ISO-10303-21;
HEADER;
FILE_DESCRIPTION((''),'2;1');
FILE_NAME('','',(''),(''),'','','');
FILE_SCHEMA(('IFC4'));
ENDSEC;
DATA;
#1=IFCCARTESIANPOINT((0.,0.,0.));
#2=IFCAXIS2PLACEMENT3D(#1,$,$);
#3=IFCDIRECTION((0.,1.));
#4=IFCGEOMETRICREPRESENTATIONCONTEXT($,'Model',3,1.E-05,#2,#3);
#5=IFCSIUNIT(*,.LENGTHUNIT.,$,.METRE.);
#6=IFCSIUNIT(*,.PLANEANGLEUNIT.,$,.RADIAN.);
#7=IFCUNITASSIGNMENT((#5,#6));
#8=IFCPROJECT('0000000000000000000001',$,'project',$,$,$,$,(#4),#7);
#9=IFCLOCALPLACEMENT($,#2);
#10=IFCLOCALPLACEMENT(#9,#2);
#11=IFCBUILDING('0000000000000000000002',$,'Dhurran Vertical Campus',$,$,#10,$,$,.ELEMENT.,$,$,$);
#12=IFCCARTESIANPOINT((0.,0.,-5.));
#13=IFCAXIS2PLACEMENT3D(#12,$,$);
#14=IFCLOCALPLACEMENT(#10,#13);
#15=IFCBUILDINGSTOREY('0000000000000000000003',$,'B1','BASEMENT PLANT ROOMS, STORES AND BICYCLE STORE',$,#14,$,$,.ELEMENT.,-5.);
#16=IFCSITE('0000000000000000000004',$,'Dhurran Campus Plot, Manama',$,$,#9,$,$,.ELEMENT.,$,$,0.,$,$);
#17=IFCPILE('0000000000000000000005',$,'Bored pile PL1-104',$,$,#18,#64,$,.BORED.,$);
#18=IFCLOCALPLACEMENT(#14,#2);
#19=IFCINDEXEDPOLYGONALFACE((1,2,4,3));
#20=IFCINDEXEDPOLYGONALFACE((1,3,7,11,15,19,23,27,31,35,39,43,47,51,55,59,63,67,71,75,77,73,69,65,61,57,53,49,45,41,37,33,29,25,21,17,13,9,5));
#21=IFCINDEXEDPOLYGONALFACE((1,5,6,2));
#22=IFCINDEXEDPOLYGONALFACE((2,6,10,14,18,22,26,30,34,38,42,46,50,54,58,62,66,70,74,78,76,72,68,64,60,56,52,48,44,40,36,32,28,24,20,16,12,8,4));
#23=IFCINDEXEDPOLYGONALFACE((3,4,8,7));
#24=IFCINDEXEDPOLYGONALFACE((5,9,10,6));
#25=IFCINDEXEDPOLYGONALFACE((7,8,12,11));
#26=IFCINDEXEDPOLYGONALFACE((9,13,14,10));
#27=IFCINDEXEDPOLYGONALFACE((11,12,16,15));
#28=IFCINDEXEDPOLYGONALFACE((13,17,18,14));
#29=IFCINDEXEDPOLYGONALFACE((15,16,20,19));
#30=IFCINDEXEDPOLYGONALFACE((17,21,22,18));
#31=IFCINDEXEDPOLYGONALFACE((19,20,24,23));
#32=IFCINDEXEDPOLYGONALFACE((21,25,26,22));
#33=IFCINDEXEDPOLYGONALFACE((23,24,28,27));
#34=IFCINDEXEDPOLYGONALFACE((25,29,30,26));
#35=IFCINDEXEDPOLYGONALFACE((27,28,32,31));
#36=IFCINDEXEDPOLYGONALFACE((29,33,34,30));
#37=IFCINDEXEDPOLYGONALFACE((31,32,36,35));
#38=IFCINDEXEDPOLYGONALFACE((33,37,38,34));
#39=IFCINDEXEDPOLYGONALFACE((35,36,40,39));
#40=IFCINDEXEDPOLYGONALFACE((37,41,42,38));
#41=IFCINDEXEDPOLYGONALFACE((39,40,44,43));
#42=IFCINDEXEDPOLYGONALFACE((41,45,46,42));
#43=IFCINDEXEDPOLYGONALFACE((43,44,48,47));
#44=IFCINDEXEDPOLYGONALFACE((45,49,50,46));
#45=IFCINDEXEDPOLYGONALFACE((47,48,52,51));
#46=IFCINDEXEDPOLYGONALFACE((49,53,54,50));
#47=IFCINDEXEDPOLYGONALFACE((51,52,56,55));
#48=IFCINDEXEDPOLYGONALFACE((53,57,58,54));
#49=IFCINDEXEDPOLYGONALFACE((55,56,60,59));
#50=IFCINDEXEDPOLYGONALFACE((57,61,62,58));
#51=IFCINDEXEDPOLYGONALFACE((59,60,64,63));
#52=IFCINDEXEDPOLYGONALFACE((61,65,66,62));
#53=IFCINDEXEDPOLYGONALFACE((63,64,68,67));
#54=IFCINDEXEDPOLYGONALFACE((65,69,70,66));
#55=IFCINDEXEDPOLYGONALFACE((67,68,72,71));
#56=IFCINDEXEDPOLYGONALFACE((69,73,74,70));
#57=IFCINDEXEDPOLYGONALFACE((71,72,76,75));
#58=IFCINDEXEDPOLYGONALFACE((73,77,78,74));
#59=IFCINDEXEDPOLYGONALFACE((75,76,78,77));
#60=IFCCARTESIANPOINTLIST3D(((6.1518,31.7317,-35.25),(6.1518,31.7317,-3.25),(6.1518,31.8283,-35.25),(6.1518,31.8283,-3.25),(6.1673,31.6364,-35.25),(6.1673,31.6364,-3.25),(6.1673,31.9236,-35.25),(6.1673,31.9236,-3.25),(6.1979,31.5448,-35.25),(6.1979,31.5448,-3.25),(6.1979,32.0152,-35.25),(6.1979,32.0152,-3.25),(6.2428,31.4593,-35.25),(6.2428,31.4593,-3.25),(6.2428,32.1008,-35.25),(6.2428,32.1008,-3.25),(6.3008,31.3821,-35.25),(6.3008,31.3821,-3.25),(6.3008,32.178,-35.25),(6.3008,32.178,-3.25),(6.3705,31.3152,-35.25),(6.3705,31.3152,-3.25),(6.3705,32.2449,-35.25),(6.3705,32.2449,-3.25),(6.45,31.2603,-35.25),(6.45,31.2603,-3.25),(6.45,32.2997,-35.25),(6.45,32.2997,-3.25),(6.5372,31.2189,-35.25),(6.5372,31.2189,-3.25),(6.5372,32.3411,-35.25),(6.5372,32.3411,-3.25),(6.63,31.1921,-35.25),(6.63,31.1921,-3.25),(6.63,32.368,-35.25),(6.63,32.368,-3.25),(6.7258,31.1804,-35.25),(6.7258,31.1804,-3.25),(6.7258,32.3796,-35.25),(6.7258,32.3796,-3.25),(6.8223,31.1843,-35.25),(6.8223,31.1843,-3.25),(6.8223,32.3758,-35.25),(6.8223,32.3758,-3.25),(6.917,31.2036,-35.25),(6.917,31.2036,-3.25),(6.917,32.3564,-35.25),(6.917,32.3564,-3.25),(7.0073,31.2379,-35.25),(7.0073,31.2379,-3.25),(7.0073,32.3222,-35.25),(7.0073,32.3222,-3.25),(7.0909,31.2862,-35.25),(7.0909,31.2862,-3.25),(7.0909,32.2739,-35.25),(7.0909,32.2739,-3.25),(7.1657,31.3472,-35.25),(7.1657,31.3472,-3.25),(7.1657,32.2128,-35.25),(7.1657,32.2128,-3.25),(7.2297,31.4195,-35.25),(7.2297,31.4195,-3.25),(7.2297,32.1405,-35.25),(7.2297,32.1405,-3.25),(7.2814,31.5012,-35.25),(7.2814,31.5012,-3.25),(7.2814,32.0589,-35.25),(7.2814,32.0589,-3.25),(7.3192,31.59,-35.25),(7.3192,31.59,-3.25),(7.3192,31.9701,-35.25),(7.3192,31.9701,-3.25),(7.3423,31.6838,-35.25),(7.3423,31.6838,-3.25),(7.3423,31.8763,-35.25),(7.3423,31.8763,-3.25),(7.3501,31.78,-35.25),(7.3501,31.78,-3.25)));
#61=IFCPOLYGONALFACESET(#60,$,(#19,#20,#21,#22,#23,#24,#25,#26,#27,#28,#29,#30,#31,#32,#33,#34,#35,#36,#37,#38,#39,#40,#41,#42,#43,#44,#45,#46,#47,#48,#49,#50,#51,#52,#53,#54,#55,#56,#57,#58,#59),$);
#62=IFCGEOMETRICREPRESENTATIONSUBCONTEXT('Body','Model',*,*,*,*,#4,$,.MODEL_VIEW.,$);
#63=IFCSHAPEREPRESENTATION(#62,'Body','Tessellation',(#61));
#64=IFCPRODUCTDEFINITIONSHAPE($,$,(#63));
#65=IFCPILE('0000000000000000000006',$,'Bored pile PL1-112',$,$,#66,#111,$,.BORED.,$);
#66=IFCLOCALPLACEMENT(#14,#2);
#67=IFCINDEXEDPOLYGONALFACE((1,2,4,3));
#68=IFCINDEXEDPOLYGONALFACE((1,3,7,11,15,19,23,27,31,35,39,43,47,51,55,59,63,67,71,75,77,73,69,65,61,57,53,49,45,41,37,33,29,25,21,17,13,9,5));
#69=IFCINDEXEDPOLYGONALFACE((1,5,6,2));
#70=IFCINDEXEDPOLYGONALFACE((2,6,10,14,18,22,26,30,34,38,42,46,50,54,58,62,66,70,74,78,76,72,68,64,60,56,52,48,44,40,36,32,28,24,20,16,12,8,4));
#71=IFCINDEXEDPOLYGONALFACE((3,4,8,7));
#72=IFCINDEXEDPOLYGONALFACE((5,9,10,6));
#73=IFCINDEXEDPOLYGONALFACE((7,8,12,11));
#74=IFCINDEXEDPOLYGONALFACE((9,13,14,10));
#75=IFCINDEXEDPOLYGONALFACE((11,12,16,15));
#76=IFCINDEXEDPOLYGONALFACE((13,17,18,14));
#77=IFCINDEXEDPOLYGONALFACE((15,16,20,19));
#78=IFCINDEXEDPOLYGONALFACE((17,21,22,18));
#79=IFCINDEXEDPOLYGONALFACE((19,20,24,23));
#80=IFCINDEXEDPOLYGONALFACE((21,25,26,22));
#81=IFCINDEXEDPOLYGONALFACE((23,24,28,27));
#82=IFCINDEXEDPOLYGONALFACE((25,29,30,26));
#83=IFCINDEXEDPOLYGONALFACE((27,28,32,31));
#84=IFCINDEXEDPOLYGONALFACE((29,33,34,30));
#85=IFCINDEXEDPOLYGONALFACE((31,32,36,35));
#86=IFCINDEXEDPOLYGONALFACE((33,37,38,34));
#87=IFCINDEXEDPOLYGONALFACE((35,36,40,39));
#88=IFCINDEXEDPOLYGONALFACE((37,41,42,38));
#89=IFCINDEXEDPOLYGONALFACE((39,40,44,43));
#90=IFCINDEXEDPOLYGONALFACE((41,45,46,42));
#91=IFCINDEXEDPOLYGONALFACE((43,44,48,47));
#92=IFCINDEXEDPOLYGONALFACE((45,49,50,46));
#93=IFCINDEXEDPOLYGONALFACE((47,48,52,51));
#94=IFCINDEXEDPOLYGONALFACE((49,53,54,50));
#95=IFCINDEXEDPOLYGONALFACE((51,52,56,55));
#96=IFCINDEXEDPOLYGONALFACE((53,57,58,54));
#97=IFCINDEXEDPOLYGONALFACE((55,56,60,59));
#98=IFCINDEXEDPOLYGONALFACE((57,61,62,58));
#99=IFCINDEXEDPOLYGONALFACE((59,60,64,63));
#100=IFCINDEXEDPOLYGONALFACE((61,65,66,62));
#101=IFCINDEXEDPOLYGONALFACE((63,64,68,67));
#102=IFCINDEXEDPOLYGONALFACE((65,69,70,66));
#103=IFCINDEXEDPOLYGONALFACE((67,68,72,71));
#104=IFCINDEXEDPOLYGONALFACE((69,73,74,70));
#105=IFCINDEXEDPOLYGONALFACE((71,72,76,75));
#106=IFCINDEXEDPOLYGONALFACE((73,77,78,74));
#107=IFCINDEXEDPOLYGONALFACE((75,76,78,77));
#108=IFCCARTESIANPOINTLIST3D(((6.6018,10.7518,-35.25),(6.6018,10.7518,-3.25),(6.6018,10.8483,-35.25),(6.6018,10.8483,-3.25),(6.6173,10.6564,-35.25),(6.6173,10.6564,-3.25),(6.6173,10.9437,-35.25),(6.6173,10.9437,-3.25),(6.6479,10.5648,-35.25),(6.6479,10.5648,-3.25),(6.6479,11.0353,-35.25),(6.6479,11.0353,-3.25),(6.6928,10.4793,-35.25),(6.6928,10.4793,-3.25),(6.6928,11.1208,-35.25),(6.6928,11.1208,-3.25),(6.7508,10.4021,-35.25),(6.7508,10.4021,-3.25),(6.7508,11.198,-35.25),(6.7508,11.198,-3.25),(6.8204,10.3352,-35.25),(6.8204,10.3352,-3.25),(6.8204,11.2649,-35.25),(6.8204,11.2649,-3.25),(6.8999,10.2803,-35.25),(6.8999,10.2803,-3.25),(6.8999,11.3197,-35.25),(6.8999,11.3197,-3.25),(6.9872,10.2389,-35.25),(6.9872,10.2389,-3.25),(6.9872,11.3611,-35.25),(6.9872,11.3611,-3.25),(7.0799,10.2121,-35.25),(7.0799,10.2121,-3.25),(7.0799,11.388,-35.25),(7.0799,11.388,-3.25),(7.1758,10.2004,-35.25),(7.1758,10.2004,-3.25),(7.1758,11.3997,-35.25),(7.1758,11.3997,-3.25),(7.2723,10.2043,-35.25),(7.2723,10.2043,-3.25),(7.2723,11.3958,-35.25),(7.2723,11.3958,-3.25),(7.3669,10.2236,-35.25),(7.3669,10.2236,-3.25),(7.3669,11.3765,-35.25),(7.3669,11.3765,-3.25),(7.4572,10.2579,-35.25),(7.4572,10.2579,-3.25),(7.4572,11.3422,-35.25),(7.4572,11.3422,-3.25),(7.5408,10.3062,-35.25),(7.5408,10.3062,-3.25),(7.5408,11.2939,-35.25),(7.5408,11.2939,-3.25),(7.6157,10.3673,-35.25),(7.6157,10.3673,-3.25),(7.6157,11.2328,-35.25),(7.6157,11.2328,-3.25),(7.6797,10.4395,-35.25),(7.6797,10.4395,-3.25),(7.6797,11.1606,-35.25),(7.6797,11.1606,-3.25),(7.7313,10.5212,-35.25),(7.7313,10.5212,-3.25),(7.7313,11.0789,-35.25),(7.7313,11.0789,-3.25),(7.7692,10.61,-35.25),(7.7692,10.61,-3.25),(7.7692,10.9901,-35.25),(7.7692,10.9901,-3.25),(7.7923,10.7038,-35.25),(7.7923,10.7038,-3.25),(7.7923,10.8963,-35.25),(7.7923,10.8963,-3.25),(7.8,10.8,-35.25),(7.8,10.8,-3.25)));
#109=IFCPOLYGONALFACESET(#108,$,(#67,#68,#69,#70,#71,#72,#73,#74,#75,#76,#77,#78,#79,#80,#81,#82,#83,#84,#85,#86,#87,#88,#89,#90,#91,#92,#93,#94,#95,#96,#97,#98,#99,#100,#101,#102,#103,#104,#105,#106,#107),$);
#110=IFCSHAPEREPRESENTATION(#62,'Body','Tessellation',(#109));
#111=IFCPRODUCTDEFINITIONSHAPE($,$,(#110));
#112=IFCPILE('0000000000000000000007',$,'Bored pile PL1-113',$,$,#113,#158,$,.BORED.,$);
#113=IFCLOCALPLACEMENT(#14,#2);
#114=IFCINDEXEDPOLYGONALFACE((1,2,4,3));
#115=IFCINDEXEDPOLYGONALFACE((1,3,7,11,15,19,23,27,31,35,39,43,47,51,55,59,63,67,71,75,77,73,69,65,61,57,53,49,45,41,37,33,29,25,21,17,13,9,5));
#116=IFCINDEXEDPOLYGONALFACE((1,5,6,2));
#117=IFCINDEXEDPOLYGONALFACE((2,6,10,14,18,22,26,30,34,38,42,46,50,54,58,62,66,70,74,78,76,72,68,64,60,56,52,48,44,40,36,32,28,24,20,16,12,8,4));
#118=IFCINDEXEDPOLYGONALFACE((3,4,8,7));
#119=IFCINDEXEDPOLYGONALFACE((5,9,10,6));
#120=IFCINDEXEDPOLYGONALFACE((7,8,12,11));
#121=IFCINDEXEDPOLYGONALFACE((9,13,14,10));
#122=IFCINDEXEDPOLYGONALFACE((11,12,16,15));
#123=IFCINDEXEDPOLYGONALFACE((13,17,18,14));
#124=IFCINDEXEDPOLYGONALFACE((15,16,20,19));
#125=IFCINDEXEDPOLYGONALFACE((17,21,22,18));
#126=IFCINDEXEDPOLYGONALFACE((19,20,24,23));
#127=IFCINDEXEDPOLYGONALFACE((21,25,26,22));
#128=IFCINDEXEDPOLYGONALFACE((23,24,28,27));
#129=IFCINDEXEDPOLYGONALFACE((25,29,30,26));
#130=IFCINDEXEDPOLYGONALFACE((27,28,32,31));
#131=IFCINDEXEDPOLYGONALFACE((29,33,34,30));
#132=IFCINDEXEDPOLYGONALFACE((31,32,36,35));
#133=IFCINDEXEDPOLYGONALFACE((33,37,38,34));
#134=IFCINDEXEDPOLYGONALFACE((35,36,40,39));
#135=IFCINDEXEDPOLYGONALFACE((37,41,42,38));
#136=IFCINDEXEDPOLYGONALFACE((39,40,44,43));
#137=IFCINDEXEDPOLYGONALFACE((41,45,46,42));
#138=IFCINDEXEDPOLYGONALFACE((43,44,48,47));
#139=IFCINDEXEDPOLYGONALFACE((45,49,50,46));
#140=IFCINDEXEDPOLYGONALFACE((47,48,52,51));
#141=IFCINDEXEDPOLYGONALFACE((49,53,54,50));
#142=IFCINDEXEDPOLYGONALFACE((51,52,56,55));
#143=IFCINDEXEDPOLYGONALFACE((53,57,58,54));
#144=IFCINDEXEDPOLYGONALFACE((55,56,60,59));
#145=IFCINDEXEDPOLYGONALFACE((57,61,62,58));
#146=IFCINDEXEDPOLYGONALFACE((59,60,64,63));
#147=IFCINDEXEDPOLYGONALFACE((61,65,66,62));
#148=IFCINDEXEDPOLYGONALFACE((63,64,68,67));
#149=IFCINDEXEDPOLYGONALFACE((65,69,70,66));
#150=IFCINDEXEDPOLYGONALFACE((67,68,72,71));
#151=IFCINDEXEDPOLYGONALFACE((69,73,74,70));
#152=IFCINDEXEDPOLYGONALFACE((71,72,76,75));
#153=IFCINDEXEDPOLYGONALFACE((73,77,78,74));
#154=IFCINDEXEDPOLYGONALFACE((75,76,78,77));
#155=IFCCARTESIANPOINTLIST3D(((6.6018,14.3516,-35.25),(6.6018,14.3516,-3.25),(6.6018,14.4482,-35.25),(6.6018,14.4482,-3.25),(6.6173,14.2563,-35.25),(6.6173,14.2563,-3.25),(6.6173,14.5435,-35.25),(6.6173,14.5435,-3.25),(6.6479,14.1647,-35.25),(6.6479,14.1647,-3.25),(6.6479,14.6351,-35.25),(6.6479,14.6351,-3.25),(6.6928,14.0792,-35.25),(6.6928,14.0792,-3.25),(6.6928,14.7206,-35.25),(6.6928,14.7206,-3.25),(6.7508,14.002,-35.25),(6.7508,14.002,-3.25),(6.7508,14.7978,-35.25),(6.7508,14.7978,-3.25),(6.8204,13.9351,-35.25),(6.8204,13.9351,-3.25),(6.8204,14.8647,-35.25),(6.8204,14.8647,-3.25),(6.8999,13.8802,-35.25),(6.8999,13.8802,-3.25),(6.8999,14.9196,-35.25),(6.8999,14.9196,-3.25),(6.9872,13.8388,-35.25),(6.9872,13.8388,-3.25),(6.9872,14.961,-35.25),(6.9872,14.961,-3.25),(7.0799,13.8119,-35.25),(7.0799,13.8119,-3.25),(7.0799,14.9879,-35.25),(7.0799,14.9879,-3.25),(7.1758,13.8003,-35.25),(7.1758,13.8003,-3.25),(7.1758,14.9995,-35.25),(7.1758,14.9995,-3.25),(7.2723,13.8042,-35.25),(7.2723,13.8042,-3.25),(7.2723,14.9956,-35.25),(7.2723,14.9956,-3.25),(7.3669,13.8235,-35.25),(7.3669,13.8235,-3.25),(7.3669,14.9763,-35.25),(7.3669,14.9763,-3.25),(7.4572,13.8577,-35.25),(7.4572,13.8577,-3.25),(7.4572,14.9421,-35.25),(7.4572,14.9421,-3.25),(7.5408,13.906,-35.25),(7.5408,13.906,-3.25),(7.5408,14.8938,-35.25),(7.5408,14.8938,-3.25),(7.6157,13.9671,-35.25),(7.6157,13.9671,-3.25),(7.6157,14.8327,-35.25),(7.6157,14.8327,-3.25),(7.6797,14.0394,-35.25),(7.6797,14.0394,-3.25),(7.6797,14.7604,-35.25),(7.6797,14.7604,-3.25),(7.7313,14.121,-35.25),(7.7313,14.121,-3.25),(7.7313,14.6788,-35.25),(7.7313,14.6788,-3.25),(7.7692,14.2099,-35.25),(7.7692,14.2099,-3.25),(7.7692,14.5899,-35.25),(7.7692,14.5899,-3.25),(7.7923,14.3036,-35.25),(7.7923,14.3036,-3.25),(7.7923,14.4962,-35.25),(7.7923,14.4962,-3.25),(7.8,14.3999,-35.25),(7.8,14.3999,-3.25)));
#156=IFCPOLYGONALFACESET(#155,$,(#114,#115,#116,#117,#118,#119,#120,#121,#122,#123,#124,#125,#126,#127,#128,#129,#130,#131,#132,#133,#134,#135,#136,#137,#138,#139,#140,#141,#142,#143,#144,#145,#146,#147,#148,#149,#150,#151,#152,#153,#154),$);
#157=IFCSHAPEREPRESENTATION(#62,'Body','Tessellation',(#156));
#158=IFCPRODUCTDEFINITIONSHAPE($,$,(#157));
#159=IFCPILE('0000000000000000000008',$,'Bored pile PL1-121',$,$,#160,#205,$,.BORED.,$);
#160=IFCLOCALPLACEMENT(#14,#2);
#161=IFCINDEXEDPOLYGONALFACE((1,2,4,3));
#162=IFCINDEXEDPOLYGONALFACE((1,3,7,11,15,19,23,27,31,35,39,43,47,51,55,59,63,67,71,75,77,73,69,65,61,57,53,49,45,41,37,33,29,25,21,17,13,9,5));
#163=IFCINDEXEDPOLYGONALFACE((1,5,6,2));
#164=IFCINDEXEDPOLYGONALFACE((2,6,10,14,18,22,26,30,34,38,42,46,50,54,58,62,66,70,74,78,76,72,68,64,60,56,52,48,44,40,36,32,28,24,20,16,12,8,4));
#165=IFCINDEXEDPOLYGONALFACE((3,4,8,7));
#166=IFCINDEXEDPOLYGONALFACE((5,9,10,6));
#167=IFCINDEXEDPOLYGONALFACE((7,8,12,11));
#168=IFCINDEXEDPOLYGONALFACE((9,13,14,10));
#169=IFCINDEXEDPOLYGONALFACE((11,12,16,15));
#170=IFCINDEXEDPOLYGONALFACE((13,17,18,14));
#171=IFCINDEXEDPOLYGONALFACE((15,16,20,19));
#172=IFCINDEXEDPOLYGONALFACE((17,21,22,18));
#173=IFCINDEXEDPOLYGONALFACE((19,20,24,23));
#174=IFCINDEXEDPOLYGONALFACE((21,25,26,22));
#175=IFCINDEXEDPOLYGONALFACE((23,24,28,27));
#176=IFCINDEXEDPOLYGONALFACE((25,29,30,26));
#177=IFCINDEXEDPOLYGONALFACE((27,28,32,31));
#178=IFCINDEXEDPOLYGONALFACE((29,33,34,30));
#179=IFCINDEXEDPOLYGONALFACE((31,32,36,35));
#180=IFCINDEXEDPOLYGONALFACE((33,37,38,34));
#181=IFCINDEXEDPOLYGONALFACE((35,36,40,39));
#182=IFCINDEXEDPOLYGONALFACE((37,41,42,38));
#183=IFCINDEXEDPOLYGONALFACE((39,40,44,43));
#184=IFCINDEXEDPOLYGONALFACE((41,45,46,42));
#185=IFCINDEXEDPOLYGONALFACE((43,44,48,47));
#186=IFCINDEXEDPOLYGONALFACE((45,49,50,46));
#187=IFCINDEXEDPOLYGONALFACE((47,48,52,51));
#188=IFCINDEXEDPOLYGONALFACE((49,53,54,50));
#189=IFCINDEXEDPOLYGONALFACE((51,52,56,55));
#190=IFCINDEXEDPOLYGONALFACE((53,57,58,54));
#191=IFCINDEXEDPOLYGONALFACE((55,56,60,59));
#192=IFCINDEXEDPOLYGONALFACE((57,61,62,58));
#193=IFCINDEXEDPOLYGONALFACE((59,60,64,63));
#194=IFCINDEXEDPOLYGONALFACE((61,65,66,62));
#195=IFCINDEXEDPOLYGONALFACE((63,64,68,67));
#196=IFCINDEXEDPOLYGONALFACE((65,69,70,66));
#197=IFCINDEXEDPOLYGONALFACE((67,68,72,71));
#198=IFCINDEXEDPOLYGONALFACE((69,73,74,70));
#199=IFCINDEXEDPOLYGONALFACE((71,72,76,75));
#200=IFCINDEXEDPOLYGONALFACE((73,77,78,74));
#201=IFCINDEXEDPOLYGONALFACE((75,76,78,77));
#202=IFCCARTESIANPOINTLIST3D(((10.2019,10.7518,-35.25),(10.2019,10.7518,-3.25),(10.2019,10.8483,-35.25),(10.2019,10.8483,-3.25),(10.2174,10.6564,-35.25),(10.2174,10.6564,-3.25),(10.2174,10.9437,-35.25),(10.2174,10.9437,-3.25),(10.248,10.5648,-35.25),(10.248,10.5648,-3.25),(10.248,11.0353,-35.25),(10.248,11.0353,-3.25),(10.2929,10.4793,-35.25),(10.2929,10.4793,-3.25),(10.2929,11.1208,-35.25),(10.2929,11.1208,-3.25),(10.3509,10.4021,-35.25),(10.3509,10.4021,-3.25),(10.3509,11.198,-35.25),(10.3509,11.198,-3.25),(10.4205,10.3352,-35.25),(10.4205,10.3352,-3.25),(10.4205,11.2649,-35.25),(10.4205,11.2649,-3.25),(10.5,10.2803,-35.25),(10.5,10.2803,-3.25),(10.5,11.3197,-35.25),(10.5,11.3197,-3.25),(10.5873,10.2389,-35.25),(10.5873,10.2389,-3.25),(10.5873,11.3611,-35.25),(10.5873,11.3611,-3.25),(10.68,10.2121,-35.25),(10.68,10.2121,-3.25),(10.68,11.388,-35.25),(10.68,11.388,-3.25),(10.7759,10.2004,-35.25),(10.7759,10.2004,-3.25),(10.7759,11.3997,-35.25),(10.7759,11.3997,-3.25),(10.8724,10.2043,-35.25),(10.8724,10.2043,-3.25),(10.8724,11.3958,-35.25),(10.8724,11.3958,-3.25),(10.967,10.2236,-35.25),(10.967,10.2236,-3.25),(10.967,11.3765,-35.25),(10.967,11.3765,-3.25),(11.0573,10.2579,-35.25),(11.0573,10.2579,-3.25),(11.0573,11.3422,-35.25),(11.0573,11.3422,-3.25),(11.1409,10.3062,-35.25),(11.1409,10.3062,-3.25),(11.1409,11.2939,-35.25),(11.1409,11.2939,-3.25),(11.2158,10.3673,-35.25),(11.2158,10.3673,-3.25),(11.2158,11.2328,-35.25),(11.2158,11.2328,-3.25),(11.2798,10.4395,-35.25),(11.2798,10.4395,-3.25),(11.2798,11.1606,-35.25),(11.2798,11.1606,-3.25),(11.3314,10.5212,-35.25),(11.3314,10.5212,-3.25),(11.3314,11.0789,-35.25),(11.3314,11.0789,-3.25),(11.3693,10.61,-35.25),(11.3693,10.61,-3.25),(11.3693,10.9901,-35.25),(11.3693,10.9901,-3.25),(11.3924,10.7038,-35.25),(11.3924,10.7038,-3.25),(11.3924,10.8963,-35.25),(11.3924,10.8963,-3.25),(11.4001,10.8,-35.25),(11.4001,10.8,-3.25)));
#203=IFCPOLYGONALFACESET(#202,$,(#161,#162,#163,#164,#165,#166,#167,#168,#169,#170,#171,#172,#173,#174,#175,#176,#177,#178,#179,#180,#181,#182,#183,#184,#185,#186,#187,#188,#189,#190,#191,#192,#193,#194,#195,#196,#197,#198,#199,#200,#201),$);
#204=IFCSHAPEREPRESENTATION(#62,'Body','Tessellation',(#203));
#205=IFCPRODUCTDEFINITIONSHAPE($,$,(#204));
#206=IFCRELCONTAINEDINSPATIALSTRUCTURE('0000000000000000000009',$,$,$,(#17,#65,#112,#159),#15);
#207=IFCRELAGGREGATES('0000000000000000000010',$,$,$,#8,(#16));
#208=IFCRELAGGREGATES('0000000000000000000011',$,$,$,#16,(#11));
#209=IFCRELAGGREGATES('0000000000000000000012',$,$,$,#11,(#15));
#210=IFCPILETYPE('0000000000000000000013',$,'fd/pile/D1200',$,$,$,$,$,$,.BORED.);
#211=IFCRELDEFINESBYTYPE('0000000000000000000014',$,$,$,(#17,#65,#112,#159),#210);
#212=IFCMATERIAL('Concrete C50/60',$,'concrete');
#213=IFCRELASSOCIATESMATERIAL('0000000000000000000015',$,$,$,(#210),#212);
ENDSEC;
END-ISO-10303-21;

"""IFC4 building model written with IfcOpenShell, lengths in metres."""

from ifc_helpers import new_model, si_unit, direction, frame, origin, origin_2d, place, context, subcontext, project, spatial, circle, extrude, material, material_profile, profile_set, type_object, element, save


model = new_model("IFC4")

# Units and contexts
model_context = context("Model", 3, precision=1e-05, world=origin(), true_north=direction((0.0, 1.0)))
body_context = subcontext(model_context, "Body", "Model", "MODEL_VIEW")
ifc_project = project(units=[si_unit("LENGTHUNIT", "METRE"), si_unit("PLANEANGLEUNIT", "RADIAN")], contexts=[model_context])

# Site, building, storey
site_placement = place(None, origin())
site = spatial("IfcSite", under=ifc_project, at=site_placement, Name="Dhurran Campus Plot, Manama", CompositionType="ELEMENT", RefElevation=0.0)
building_placement = place(site_placement, origin())
building = spatial("IfcBuilding", under=site, at=building_placement, Name="Dhurran Vertical Campus", CompositionType="ELEMENT")
storey_placement = place(building_placement, frame((0.0, 0.0, -5.0)))
storey = spatial("IfcBuildingStorey", under=building, at=storey_placement, Name="B1", Description="BASEMENT PLANT ROOMS, STORES AND BICYCLE STORE", CompositionType="ELEMENT", Elevation=-5.0)

# Piles
ifc_material_1 = material(Name="Concrete C50/60", Category="concrete")
ifc_material_profile_1 = material_profile(ifc_material_1, circle(Radius=0.6001, at=origin_2d()), Name="fd/pile/D1200")
ifc_profile_set_1 = profile_set([ifc_material_profile_1], Name="Concrete C50/60")
pile_type = type_object("IfcPileType", Name="fd/pile/D1200", PredefinedType="BORED", material=ifc_profile_set_1)
for number, where, z_axis, x_axis, name in (
    (1, (6.75, 31.78, -3.25), (0.0, 0.0, -1.0), (1.0, 0.0, 0.0), "Bored pile PL1-104"),
    (2, (7.2, 10.8, -3.25), (0.0, 0.0, -1.0), (1.0, 0.0, 0.0), "Bored pile PL1-112"),
    (3, (7.2, 14.3999, -3.25), (0.0, 0.0, -1.0), (1.0, 0.0, 0.0), "Bored pile PL1-113"),
    (4, (10.8, 10.8, -3.25), (0.0, 0.0, -1.0), (1.0, 0.0, 0.0), "Bored pile PL1-121"),
):
    element("IfcPile", number, at=place(storey_placement, frame(where, z_axis=z_axis, x_axis=x_axis)), inside=storey, type_object=pile_type, Name=name, PredefinedType="BORED", context=body_context, shape_type="SweptSolid", body=[
        extrude(circle(Radius=0.6001, at=origin_2d()), origin(), (0.0, 0.0, 1.0), 32.0),
    ])

save(model, "model.ifc")
